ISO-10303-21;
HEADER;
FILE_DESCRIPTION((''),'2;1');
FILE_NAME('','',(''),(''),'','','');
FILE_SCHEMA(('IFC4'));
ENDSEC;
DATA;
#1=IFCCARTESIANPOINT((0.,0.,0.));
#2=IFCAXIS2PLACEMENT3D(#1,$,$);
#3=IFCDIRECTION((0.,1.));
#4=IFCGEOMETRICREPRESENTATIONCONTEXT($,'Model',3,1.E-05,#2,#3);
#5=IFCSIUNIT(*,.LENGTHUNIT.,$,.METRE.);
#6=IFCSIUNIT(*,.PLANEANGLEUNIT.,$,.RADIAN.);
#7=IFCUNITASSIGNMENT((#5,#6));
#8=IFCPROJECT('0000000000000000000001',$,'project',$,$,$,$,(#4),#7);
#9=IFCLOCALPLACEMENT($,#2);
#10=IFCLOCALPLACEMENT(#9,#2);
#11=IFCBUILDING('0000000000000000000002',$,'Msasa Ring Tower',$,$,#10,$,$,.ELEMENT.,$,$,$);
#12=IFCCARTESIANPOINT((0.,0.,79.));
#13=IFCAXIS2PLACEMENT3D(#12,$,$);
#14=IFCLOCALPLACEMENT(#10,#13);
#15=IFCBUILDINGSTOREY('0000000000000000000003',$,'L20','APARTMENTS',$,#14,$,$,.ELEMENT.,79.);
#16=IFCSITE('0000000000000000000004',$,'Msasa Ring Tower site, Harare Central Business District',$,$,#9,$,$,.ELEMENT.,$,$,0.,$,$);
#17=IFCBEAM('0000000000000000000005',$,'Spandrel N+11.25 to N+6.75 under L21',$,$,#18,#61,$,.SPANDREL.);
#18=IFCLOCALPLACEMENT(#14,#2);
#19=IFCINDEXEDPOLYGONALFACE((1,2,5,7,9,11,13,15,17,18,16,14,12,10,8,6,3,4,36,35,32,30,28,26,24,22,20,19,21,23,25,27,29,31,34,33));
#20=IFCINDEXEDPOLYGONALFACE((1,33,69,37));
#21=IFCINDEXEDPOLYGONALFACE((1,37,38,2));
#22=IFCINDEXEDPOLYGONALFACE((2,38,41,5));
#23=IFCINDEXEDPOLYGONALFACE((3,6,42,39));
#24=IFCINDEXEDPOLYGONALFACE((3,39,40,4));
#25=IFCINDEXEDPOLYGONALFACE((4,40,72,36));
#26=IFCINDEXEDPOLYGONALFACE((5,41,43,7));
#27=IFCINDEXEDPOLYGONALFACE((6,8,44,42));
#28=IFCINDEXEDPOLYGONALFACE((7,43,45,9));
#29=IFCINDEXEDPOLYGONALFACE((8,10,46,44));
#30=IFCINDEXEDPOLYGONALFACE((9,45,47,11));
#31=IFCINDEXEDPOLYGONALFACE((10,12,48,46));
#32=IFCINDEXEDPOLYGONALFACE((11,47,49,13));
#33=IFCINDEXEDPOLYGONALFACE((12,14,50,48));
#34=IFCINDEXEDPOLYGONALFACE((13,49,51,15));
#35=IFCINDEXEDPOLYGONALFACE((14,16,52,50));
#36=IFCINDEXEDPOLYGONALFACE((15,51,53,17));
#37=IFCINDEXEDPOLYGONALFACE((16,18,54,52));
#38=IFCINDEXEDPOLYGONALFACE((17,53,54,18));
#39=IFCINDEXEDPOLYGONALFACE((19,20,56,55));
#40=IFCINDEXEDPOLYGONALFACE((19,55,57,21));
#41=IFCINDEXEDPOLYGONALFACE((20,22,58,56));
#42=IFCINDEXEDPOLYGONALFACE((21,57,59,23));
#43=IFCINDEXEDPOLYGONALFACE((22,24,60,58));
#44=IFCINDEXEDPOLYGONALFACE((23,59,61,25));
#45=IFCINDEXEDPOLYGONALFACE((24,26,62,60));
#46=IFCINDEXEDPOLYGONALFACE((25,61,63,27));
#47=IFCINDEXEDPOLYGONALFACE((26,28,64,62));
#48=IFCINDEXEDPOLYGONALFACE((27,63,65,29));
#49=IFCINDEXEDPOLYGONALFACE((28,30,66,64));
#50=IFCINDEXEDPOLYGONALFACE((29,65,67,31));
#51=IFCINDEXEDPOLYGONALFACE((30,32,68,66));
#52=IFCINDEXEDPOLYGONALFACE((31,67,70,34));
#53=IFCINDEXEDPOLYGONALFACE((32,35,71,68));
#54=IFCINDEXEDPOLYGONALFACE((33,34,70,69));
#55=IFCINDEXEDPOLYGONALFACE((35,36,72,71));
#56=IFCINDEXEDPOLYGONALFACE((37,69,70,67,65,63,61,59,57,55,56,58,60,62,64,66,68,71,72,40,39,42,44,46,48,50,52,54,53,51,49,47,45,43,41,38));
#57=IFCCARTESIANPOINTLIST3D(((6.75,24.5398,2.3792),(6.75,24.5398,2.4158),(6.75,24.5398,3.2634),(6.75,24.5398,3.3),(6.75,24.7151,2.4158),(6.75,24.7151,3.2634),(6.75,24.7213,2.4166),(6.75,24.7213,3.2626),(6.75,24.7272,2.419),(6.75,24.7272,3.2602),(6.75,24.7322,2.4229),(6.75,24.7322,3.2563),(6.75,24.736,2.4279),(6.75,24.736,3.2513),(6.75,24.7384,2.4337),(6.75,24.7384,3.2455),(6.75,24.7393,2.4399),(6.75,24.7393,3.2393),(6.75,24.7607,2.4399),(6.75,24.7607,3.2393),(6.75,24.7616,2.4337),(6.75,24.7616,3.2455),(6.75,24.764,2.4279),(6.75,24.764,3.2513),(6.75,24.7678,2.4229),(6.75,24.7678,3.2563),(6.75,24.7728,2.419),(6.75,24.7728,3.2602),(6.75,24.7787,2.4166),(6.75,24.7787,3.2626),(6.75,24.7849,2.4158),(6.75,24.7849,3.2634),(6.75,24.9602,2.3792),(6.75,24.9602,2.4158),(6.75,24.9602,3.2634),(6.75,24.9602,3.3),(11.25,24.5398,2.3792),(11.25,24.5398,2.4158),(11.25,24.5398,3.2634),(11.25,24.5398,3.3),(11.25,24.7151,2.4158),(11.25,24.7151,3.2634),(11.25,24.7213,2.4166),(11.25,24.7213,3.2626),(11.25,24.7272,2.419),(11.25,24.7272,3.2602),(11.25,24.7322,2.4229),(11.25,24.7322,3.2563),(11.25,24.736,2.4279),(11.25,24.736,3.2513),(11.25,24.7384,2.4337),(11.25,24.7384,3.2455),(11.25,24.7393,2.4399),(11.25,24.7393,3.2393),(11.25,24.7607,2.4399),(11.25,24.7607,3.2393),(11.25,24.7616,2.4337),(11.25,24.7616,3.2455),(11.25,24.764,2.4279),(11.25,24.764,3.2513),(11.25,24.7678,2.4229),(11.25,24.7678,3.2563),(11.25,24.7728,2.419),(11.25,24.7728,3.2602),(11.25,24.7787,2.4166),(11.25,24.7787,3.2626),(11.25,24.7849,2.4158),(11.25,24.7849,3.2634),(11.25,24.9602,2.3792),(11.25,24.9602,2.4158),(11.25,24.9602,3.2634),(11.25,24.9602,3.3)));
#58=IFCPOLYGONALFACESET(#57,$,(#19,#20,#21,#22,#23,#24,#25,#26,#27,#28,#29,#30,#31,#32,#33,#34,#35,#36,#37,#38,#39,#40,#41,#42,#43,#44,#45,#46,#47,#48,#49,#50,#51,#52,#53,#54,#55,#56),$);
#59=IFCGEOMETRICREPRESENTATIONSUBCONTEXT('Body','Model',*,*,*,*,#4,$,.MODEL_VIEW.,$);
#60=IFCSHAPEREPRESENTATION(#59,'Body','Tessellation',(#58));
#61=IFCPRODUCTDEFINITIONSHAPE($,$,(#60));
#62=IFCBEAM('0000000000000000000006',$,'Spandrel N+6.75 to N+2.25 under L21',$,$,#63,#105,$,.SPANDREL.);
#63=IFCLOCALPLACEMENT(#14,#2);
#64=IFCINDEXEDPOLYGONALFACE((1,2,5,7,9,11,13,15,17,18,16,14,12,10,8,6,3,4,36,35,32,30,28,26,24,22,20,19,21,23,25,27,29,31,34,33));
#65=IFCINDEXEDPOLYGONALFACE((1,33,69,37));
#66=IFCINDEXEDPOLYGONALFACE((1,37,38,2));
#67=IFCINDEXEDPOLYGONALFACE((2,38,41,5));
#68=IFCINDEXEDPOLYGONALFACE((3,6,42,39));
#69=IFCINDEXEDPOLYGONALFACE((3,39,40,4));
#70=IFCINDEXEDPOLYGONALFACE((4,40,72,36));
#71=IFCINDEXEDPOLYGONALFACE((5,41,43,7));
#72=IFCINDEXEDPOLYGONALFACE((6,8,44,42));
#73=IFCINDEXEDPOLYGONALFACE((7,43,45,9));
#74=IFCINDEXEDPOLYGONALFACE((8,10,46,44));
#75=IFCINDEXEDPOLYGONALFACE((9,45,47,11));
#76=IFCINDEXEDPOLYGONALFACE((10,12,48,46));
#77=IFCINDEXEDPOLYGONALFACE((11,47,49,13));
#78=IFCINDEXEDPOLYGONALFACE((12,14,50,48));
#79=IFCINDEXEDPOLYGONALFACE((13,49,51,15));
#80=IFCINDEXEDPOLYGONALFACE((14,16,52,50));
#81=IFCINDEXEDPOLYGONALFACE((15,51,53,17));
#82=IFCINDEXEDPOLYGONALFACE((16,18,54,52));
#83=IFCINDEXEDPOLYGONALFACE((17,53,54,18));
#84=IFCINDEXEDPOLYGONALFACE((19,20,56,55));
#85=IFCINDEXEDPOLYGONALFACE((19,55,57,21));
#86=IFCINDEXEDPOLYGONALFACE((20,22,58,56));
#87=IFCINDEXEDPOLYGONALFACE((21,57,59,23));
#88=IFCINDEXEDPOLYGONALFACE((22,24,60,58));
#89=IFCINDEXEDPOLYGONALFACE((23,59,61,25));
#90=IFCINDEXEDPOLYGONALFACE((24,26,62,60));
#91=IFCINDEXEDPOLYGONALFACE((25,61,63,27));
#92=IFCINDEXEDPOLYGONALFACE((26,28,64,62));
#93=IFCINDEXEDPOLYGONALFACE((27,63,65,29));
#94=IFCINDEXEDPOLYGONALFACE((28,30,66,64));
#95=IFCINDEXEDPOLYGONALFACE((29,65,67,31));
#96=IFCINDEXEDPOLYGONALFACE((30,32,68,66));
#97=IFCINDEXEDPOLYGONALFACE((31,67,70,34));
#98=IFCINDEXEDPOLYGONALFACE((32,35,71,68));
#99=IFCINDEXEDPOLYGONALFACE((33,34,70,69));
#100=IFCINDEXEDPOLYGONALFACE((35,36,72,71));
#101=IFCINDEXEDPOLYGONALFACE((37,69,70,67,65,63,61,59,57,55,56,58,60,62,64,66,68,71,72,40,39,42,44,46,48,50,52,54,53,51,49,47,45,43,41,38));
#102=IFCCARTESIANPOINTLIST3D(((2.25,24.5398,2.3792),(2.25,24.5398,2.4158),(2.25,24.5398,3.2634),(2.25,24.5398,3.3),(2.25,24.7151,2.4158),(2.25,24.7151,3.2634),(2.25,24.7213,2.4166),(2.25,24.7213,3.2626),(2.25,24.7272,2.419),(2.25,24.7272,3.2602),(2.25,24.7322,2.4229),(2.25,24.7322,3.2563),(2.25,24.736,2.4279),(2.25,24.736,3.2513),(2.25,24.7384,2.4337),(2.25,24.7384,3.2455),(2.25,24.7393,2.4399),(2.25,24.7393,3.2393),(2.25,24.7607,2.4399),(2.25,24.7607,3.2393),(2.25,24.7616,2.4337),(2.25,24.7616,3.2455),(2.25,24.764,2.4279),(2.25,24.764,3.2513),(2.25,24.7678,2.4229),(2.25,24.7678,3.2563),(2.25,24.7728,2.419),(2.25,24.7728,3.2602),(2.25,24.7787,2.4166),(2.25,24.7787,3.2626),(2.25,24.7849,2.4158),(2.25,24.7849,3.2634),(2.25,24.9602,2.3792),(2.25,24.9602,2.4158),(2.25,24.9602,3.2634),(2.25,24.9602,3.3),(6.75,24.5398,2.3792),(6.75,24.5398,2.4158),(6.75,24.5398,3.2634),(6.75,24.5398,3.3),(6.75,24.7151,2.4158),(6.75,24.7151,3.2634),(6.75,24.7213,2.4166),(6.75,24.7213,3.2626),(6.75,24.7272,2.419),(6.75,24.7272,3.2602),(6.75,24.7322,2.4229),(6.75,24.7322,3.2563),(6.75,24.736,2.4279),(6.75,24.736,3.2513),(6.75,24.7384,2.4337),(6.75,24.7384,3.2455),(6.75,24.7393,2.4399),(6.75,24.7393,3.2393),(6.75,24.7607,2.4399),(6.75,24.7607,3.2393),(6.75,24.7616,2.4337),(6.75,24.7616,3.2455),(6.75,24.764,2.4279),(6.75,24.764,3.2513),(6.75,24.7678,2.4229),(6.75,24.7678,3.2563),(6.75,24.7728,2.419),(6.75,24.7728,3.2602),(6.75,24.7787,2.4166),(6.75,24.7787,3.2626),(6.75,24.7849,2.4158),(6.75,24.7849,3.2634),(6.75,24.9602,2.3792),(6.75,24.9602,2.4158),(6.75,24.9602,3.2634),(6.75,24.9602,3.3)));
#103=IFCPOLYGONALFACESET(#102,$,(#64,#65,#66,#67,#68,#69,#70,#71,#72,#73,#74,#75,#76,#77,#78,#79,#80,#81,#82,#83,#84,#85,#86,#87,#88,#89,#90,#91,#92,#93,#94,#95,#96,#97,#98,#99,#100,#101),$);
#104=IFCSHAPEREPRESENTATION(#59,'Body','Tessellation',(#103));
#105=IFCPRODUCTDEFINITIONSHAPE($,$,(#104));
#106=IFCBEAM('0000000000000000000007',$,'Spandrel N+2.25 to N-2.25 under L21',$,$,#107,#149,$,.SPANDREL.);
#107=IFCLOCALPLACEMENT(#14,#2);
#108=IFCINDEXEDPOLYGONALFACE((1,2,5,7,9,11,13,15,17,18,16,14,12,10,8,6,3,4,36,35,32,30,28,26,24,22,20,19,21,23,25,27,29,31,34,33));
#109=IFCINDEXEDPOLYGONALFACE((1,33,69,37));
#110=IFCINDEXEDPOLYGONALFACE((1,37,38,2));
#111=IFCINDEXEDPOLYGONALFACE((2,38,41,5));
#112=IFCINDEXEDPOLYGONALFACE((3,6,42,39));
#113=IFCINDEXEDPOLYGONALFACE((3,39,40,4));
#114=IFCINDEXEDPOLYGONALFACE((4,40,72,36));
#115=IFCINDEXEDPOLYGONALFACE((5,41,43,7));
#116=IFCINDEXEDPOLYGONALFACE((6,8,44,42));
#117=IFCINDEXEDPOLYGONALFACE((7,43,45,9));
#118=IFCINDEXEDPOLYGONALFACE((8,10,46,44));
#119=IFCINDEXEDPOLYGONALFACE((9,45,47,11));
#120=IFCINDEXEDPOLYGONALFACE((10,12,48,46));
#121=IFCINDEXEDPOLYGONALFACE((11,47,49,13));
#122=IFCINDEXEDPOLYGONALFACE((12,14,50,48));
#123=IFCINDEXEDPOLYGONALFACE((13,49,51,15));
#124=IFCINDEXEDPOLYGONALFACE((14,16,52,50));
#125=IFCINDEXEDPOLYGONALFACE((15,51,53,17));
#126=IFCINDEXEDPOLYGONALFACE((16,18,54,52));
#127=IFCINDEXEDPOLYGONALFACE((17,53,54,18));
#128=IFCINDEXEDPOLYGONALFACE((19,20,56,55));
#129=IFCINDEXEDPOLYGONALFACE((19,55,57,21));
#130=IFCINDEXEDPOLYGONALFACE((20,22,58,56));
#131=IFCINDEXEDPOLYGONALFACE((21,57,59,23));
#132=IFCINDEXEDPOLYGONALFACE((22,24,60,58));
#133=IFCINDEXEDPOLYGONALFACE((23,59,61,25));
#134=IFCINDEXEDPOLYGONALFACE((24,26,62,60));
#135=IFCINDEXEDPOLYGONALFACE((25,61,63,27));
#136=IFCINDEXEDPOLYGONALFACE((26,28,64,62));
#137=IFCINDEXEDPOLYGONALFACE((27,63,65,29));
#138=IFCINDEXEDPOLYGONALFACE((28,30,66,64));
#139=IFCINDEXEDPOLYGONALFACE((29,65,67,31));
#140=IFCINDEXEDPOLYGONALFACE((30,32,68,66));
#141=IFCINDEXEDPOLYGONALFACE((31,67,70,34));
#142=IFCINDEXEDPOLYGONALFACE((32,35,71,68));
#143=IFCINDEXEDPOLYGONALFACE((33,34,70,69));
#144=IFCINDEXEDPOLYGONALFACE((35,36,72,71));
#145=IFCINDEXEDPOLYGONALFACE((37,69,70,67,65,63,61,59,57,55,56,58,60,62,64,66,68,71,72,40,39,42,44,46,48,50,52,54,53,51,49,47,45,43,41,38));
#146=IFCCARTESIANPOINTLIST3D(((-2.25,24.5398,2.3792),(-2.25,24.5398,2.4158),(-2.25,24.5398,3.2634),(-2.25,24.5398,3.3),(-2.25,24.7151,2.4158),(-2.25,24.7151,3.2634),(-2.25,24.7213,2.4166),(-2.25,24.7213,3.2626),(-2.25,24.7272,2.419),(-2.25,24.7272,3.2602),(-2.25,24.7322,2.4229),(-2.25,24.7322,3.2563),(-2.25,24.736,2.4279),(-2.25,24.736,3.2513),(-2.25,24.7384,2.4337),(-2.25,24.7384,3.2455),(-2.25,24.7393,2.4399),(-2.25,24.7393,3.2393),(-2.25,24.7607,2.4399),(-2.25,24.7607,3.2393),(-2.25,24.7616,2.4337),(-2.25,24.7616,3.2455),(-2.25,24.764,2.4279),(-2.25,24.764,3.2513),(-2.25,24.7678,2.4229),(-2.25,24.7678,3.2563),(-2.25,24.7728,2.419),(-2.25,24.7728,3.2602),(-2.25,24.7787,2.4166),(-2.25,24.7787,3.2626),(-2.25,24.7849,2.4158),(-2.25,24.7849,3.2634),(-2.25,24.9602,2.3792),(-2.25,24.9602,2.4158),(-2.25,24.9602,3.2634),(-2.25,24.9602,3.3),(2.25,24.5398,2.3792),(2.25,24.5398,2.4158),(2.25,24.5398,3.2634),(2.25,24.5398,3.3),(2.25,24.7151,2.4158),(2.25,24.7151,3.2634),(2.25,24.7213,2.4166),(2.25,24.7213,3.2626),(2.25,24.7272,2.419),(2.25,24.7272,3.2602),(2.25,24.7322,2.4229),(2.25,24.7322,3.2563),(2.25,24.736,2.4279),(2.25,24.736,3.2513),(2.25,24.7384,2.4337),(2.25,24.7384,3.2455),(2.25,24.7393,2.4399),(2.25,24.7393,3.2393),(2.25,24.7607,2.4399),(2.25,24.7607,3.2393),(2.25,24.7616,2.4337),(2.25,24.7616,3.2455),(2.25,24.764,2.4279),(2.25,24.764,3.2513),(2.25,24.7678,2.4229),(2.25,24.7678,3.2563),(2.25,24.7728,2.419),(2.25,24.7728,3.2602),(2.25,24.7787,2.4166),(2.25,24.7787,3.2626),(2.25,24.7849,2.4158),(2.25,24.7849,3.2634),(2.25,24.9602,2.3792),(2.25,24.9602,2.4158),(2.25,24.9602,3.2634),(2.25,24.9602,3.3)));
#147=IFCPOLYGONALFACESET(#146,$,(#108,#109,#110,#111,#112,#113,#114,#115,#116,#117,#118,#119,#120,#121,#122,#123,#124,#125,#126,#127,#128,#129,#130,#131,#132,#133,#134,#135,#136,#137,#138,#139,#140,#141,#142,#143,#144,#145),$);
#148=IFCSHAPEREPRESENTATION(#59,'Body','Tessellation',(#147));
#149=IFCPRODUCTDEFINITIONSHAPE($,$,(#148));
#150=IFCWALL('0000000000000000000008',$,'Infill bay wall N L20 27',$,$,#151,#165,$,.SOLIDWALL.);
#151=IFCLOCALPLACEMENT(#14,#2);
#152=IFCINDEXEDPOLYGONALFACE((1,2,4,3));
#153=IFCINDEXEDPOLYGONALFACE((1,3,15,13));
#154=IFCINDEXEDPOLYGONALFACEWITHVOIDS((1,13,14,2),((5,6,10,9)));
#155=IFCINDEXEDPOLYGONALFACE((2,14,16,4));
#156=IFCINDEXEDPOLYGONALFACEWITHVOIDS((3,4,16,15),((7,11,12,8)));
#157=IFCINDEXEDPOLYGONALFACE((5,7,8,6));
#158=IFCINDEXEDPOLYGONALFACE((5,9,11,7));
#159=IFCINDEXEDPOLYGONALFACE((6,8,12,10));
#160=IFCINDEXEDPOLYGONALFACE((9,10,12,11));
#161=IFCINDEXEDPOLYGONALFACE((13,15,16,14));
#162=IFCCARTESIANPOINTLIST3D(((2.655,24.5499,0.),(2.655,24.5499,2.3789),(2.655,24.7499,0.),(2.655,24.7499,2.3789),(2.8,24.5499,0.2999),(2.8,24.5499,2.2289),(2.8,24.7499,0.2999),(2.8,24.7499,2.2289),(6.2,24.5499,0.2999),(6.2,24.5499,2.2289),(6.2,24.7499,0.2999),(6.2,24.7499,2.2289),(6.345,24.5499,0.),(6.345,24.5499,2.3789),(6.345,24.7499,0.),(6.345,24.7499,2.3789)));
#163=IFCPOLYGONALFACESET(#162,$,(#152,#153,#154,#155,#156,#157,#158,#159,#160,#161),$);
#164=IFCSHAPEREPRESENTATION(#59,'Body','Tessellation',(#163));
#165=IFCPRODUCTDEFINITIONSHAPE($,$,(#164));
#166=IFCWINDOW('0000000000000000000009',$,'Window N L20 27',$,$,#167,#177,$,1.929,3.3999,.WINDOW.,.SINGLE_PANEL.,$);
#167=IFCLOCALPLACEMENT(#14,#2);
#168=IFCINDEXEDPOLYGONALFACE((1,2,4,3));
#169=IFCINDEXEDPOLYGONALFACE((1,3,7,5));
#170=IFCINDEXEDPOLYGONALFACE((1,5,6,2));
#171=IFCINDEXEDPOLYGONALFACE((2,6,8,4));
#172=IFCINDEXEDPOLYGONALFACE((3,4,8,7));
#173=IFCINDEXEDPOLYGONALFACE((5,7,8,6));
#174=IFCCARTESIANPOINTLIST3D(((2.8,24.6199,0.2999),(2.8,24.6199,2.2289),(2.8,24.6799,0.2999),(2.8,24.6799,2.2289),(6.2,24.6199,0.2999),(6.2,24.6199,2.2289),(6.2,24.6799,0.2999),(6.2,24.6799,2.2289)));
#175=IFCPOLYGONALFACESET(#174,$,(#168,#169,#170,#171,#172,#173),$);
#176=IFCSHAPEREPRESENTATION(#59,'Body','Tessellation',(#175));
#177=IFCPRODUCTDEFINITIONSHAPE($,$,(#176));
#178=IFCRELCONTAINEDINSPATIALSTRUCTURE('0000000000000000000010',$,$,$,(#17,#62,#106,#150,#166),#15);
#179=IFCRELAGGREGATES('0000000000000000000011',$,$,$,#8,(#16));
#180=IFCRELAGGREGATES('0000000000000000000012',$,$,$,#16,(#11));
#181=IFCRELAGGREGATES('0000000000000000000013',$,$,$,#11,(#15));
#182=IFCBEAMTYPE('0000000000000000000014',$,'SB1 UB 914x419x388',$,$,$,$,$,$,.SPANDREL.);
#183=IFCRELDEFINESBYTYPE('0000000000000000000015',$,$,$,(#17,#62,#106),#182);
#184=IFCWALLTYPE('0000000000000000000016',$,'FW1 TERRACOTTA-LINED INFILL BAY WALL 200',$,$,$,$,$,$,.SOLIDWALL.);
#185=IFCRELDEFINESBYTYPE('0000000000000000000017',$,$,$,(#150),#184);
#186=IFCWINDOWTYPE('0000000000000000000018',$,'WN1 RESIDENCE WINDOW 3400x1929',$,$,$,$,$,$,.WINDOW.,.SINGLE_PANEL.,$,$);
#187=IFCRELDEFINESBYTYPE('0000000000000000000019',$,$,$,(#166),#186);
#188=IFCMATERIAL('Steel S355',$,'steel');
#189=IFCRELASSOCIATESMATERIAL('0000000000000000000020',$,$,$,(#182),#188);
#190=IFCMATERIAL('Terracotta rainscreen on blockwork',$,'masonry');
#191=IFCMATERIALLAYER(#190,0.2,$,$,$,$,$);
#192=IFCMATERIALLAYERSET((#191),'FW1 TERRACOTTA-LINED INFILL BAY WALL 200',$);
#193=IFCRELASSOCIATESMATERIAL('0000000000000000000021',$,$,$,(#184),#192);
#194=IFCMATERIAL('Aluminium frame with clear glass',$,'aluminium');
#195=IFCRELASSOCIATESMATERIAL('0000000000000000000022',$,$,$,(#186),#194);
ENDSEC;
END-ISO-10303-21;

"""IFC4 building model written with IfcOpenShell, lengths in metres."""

from ifc_helpers import new_model, si_unit, direction, frame, frame_2d, origin, origin_2d, place, context, subcontext, project, spatial, rectangle, i_section, extrude, material, layer, layer_set, material_profile, profile_set, type_object, element, fill, save


model = new_model("IFC4")

# Units and contexts
model_context = context("Model", 3, precision=1e-05, world=origin(), true_north=direction((0.0, 1.0)))
body_context = subcontext(model_context, "Body", "Model", "MODEL_VIEW")
ifc_project = project(units=[si_unit("LENGTHUNIT", "METRE"), si_unit("PLANEANGLEUNIT", "RADIAN")], contexts=[model_context])

# Site, building, storey
site_placement = place(None, origin())
site = spatial("IfcSite", under=ifc_project, at=site_placement, Name="Msasa Ring Tower site, Harare Central Business District", CompositionType="ELEMENT", RefElevation=0.0)
building_placement = place(site_placement, origin())
building = spatial("IfcBuilding", under=site, at=building_placement, Name="Msasa Ring Tower", CompositionType="ELEMENT")
storey_placement = place(building_placement, frame((0.0, 0.0, 79.0)))
storey = spatial("IfcBuildingStorey", under=building, at=storey_placement, Name="L20", Description="APARTMENTS", CompositionType="ELEMENT", Elevation=79.0)

# Beams
ifc_material_1 = material(Name="Steel S355", Category="steel")
ifc_material_profile_1 = material_profile(ifc_material_1, i_section(OverallWidth=0.4204, OverallDepth=0.9209, WebThickness=0.0215, FlangeThickness=0.0366, FilletRadius=0.0242, at=origin_2d()), Name="UB 914x419x388")
ifc_profile_set_1 = profile_set([ifc_material_profile_1], Name="Steel S355")
beam_type_1 = type_object("IfcBeamType", Name="SB1 UB 914x419x388", PredefinedType="SPANDREL", material=ifc_profile_set_1)
for number, where, z_axis, x_axis, name in (
    (1, (11.25, 24.75, 2.8396), (-1.0, 0.0, 0.0), (0.0, -1.0, 0.0), "Spandrel N+11.25 to N+6.75 under L21"),
    (2, (6.75, 24.75, 2.8396), (-1.0, 0.0, 0.0), (0.0, -1.0, 0.0), "Spandrel N+6.75 to N+2.25 under L21"),
    (3, (2.25, 24.75, 2.8396), (-1.0, 0.0, 0.0), (0.0, -1.0, 0.0), "Spandrel N+2.25 to N-2.25 under L21"),
):
    element("IfcBeam", number, at=place(storey_placement, frame(where, z_axis=z_axis, x_axis=x_axis)), inside=storey, type_object=beam_type_1, Name=name, PredefinedType="SPANDREL", context=body_context, shape_type="SweptSolid", body=[
        extrude(i_section(OverallWidth=0.4204, OverallDepth=0.9209, WebThickness=0.0215, FlangeThickness=0.0366, FilletRadius=0.0242, at=origin_2d()), origin(), (0.0, 0.0, 1.0), 4.5),
    ])

# Wall, opening, window
ifc_material_2 = material(Name="Terracotta rainscreen on blockwork", Category="masonry")
ifc_layer_1 = layer(ifc_material_2, 0.2)
ifc_layer_set_1 = layer_set([ifc_layer_1], Name="FW1 TERRACOTTA-LINED INFILL BAY WALL 200")
wall_type_1 = type_object("IfcWallType", Name="FW1 TERRACOTTA-LINED INFILL BAY WALL 200", PredefinedType="SOLIDWALL", material=ifc_layer_set_1)
wall_1_placement = place(storey_placement, frame((2.655, 24.6499, 0.0), z_axis=(0.0, 0.0, 1.0), x_axis=(1.0, 0.0, 0.0)))
wall_1 = element("IfcWall", 4, at=wall_1_placement, inside=storey, type_object=wall_type_1, Name="Infill bay wall N L20 27", PredefinedType="SOLIDWALL", context=body_context, shape_type="SweptSolid", body=[
    extrude(rectangle(XDim=3.6899, YDim=0.2, at=frame_2d((1.845, 0.0))), origin(), (0.0, 0.0, 1.0), 2.3789),
])
opening_1_placement = place(wall_1_placement, frame((0.145, 0.0, 0.3)))
opening_1 = element("IfcOpeningElement", 5, at=opening_1_placement, cuts=wall_1, PredefinedType="OPENING", context=body_context, shape_type="SweptSolid", body=[
    extrude(rectangle(XDim=3.3999, YDim=1.929, at=frame_2d((1.7, 0.9644))), frame((0.0, 0.1099, 0.0), z_axis=(0.0, -1.0, 0.0), x_axis=(1.0, 0.0, 0.0)), (0.0, 0.0, 1.0), 0.22),
])
ifc_material_3 = material(Name="Aluminium frame with clear glass", Category="aluminium")
window_type = type_object("IfcWindowType", Name="WN1 RESIDENCE WINDOW 3400x1929", PartitioningType="SINGLE_PANEL", PredefinedType="WINDOW", material=ifc_material_3)
window_1_placement = place(opening_1_placement, origin())
window_1 = element("IfcWindow", 6, at=window_1_placement, inside=storey, type_object=window_type, Name="Window N L20 27", OverallHeight=1.929, OverallWidth=3.3999, PartitioningType="SINGLE_PANEL", PredefinedType="WINDOW", context=body_context, shape_type="SweptSolid", body=[
    extrude(rectangle(XDim=3.3999, YDim=1.929, at=frame_2d((1.7, 0.9644))), frame((0.0, 0.03, 0.0), z_axis=(0.0, -1.0, 0.0), x_axis=(1.0, 0.0, 0.0)), (0.0, 0.0, 1.0), 0.0601),
])
fill(opening_1, window_1)

save(model, "model.ifc")
